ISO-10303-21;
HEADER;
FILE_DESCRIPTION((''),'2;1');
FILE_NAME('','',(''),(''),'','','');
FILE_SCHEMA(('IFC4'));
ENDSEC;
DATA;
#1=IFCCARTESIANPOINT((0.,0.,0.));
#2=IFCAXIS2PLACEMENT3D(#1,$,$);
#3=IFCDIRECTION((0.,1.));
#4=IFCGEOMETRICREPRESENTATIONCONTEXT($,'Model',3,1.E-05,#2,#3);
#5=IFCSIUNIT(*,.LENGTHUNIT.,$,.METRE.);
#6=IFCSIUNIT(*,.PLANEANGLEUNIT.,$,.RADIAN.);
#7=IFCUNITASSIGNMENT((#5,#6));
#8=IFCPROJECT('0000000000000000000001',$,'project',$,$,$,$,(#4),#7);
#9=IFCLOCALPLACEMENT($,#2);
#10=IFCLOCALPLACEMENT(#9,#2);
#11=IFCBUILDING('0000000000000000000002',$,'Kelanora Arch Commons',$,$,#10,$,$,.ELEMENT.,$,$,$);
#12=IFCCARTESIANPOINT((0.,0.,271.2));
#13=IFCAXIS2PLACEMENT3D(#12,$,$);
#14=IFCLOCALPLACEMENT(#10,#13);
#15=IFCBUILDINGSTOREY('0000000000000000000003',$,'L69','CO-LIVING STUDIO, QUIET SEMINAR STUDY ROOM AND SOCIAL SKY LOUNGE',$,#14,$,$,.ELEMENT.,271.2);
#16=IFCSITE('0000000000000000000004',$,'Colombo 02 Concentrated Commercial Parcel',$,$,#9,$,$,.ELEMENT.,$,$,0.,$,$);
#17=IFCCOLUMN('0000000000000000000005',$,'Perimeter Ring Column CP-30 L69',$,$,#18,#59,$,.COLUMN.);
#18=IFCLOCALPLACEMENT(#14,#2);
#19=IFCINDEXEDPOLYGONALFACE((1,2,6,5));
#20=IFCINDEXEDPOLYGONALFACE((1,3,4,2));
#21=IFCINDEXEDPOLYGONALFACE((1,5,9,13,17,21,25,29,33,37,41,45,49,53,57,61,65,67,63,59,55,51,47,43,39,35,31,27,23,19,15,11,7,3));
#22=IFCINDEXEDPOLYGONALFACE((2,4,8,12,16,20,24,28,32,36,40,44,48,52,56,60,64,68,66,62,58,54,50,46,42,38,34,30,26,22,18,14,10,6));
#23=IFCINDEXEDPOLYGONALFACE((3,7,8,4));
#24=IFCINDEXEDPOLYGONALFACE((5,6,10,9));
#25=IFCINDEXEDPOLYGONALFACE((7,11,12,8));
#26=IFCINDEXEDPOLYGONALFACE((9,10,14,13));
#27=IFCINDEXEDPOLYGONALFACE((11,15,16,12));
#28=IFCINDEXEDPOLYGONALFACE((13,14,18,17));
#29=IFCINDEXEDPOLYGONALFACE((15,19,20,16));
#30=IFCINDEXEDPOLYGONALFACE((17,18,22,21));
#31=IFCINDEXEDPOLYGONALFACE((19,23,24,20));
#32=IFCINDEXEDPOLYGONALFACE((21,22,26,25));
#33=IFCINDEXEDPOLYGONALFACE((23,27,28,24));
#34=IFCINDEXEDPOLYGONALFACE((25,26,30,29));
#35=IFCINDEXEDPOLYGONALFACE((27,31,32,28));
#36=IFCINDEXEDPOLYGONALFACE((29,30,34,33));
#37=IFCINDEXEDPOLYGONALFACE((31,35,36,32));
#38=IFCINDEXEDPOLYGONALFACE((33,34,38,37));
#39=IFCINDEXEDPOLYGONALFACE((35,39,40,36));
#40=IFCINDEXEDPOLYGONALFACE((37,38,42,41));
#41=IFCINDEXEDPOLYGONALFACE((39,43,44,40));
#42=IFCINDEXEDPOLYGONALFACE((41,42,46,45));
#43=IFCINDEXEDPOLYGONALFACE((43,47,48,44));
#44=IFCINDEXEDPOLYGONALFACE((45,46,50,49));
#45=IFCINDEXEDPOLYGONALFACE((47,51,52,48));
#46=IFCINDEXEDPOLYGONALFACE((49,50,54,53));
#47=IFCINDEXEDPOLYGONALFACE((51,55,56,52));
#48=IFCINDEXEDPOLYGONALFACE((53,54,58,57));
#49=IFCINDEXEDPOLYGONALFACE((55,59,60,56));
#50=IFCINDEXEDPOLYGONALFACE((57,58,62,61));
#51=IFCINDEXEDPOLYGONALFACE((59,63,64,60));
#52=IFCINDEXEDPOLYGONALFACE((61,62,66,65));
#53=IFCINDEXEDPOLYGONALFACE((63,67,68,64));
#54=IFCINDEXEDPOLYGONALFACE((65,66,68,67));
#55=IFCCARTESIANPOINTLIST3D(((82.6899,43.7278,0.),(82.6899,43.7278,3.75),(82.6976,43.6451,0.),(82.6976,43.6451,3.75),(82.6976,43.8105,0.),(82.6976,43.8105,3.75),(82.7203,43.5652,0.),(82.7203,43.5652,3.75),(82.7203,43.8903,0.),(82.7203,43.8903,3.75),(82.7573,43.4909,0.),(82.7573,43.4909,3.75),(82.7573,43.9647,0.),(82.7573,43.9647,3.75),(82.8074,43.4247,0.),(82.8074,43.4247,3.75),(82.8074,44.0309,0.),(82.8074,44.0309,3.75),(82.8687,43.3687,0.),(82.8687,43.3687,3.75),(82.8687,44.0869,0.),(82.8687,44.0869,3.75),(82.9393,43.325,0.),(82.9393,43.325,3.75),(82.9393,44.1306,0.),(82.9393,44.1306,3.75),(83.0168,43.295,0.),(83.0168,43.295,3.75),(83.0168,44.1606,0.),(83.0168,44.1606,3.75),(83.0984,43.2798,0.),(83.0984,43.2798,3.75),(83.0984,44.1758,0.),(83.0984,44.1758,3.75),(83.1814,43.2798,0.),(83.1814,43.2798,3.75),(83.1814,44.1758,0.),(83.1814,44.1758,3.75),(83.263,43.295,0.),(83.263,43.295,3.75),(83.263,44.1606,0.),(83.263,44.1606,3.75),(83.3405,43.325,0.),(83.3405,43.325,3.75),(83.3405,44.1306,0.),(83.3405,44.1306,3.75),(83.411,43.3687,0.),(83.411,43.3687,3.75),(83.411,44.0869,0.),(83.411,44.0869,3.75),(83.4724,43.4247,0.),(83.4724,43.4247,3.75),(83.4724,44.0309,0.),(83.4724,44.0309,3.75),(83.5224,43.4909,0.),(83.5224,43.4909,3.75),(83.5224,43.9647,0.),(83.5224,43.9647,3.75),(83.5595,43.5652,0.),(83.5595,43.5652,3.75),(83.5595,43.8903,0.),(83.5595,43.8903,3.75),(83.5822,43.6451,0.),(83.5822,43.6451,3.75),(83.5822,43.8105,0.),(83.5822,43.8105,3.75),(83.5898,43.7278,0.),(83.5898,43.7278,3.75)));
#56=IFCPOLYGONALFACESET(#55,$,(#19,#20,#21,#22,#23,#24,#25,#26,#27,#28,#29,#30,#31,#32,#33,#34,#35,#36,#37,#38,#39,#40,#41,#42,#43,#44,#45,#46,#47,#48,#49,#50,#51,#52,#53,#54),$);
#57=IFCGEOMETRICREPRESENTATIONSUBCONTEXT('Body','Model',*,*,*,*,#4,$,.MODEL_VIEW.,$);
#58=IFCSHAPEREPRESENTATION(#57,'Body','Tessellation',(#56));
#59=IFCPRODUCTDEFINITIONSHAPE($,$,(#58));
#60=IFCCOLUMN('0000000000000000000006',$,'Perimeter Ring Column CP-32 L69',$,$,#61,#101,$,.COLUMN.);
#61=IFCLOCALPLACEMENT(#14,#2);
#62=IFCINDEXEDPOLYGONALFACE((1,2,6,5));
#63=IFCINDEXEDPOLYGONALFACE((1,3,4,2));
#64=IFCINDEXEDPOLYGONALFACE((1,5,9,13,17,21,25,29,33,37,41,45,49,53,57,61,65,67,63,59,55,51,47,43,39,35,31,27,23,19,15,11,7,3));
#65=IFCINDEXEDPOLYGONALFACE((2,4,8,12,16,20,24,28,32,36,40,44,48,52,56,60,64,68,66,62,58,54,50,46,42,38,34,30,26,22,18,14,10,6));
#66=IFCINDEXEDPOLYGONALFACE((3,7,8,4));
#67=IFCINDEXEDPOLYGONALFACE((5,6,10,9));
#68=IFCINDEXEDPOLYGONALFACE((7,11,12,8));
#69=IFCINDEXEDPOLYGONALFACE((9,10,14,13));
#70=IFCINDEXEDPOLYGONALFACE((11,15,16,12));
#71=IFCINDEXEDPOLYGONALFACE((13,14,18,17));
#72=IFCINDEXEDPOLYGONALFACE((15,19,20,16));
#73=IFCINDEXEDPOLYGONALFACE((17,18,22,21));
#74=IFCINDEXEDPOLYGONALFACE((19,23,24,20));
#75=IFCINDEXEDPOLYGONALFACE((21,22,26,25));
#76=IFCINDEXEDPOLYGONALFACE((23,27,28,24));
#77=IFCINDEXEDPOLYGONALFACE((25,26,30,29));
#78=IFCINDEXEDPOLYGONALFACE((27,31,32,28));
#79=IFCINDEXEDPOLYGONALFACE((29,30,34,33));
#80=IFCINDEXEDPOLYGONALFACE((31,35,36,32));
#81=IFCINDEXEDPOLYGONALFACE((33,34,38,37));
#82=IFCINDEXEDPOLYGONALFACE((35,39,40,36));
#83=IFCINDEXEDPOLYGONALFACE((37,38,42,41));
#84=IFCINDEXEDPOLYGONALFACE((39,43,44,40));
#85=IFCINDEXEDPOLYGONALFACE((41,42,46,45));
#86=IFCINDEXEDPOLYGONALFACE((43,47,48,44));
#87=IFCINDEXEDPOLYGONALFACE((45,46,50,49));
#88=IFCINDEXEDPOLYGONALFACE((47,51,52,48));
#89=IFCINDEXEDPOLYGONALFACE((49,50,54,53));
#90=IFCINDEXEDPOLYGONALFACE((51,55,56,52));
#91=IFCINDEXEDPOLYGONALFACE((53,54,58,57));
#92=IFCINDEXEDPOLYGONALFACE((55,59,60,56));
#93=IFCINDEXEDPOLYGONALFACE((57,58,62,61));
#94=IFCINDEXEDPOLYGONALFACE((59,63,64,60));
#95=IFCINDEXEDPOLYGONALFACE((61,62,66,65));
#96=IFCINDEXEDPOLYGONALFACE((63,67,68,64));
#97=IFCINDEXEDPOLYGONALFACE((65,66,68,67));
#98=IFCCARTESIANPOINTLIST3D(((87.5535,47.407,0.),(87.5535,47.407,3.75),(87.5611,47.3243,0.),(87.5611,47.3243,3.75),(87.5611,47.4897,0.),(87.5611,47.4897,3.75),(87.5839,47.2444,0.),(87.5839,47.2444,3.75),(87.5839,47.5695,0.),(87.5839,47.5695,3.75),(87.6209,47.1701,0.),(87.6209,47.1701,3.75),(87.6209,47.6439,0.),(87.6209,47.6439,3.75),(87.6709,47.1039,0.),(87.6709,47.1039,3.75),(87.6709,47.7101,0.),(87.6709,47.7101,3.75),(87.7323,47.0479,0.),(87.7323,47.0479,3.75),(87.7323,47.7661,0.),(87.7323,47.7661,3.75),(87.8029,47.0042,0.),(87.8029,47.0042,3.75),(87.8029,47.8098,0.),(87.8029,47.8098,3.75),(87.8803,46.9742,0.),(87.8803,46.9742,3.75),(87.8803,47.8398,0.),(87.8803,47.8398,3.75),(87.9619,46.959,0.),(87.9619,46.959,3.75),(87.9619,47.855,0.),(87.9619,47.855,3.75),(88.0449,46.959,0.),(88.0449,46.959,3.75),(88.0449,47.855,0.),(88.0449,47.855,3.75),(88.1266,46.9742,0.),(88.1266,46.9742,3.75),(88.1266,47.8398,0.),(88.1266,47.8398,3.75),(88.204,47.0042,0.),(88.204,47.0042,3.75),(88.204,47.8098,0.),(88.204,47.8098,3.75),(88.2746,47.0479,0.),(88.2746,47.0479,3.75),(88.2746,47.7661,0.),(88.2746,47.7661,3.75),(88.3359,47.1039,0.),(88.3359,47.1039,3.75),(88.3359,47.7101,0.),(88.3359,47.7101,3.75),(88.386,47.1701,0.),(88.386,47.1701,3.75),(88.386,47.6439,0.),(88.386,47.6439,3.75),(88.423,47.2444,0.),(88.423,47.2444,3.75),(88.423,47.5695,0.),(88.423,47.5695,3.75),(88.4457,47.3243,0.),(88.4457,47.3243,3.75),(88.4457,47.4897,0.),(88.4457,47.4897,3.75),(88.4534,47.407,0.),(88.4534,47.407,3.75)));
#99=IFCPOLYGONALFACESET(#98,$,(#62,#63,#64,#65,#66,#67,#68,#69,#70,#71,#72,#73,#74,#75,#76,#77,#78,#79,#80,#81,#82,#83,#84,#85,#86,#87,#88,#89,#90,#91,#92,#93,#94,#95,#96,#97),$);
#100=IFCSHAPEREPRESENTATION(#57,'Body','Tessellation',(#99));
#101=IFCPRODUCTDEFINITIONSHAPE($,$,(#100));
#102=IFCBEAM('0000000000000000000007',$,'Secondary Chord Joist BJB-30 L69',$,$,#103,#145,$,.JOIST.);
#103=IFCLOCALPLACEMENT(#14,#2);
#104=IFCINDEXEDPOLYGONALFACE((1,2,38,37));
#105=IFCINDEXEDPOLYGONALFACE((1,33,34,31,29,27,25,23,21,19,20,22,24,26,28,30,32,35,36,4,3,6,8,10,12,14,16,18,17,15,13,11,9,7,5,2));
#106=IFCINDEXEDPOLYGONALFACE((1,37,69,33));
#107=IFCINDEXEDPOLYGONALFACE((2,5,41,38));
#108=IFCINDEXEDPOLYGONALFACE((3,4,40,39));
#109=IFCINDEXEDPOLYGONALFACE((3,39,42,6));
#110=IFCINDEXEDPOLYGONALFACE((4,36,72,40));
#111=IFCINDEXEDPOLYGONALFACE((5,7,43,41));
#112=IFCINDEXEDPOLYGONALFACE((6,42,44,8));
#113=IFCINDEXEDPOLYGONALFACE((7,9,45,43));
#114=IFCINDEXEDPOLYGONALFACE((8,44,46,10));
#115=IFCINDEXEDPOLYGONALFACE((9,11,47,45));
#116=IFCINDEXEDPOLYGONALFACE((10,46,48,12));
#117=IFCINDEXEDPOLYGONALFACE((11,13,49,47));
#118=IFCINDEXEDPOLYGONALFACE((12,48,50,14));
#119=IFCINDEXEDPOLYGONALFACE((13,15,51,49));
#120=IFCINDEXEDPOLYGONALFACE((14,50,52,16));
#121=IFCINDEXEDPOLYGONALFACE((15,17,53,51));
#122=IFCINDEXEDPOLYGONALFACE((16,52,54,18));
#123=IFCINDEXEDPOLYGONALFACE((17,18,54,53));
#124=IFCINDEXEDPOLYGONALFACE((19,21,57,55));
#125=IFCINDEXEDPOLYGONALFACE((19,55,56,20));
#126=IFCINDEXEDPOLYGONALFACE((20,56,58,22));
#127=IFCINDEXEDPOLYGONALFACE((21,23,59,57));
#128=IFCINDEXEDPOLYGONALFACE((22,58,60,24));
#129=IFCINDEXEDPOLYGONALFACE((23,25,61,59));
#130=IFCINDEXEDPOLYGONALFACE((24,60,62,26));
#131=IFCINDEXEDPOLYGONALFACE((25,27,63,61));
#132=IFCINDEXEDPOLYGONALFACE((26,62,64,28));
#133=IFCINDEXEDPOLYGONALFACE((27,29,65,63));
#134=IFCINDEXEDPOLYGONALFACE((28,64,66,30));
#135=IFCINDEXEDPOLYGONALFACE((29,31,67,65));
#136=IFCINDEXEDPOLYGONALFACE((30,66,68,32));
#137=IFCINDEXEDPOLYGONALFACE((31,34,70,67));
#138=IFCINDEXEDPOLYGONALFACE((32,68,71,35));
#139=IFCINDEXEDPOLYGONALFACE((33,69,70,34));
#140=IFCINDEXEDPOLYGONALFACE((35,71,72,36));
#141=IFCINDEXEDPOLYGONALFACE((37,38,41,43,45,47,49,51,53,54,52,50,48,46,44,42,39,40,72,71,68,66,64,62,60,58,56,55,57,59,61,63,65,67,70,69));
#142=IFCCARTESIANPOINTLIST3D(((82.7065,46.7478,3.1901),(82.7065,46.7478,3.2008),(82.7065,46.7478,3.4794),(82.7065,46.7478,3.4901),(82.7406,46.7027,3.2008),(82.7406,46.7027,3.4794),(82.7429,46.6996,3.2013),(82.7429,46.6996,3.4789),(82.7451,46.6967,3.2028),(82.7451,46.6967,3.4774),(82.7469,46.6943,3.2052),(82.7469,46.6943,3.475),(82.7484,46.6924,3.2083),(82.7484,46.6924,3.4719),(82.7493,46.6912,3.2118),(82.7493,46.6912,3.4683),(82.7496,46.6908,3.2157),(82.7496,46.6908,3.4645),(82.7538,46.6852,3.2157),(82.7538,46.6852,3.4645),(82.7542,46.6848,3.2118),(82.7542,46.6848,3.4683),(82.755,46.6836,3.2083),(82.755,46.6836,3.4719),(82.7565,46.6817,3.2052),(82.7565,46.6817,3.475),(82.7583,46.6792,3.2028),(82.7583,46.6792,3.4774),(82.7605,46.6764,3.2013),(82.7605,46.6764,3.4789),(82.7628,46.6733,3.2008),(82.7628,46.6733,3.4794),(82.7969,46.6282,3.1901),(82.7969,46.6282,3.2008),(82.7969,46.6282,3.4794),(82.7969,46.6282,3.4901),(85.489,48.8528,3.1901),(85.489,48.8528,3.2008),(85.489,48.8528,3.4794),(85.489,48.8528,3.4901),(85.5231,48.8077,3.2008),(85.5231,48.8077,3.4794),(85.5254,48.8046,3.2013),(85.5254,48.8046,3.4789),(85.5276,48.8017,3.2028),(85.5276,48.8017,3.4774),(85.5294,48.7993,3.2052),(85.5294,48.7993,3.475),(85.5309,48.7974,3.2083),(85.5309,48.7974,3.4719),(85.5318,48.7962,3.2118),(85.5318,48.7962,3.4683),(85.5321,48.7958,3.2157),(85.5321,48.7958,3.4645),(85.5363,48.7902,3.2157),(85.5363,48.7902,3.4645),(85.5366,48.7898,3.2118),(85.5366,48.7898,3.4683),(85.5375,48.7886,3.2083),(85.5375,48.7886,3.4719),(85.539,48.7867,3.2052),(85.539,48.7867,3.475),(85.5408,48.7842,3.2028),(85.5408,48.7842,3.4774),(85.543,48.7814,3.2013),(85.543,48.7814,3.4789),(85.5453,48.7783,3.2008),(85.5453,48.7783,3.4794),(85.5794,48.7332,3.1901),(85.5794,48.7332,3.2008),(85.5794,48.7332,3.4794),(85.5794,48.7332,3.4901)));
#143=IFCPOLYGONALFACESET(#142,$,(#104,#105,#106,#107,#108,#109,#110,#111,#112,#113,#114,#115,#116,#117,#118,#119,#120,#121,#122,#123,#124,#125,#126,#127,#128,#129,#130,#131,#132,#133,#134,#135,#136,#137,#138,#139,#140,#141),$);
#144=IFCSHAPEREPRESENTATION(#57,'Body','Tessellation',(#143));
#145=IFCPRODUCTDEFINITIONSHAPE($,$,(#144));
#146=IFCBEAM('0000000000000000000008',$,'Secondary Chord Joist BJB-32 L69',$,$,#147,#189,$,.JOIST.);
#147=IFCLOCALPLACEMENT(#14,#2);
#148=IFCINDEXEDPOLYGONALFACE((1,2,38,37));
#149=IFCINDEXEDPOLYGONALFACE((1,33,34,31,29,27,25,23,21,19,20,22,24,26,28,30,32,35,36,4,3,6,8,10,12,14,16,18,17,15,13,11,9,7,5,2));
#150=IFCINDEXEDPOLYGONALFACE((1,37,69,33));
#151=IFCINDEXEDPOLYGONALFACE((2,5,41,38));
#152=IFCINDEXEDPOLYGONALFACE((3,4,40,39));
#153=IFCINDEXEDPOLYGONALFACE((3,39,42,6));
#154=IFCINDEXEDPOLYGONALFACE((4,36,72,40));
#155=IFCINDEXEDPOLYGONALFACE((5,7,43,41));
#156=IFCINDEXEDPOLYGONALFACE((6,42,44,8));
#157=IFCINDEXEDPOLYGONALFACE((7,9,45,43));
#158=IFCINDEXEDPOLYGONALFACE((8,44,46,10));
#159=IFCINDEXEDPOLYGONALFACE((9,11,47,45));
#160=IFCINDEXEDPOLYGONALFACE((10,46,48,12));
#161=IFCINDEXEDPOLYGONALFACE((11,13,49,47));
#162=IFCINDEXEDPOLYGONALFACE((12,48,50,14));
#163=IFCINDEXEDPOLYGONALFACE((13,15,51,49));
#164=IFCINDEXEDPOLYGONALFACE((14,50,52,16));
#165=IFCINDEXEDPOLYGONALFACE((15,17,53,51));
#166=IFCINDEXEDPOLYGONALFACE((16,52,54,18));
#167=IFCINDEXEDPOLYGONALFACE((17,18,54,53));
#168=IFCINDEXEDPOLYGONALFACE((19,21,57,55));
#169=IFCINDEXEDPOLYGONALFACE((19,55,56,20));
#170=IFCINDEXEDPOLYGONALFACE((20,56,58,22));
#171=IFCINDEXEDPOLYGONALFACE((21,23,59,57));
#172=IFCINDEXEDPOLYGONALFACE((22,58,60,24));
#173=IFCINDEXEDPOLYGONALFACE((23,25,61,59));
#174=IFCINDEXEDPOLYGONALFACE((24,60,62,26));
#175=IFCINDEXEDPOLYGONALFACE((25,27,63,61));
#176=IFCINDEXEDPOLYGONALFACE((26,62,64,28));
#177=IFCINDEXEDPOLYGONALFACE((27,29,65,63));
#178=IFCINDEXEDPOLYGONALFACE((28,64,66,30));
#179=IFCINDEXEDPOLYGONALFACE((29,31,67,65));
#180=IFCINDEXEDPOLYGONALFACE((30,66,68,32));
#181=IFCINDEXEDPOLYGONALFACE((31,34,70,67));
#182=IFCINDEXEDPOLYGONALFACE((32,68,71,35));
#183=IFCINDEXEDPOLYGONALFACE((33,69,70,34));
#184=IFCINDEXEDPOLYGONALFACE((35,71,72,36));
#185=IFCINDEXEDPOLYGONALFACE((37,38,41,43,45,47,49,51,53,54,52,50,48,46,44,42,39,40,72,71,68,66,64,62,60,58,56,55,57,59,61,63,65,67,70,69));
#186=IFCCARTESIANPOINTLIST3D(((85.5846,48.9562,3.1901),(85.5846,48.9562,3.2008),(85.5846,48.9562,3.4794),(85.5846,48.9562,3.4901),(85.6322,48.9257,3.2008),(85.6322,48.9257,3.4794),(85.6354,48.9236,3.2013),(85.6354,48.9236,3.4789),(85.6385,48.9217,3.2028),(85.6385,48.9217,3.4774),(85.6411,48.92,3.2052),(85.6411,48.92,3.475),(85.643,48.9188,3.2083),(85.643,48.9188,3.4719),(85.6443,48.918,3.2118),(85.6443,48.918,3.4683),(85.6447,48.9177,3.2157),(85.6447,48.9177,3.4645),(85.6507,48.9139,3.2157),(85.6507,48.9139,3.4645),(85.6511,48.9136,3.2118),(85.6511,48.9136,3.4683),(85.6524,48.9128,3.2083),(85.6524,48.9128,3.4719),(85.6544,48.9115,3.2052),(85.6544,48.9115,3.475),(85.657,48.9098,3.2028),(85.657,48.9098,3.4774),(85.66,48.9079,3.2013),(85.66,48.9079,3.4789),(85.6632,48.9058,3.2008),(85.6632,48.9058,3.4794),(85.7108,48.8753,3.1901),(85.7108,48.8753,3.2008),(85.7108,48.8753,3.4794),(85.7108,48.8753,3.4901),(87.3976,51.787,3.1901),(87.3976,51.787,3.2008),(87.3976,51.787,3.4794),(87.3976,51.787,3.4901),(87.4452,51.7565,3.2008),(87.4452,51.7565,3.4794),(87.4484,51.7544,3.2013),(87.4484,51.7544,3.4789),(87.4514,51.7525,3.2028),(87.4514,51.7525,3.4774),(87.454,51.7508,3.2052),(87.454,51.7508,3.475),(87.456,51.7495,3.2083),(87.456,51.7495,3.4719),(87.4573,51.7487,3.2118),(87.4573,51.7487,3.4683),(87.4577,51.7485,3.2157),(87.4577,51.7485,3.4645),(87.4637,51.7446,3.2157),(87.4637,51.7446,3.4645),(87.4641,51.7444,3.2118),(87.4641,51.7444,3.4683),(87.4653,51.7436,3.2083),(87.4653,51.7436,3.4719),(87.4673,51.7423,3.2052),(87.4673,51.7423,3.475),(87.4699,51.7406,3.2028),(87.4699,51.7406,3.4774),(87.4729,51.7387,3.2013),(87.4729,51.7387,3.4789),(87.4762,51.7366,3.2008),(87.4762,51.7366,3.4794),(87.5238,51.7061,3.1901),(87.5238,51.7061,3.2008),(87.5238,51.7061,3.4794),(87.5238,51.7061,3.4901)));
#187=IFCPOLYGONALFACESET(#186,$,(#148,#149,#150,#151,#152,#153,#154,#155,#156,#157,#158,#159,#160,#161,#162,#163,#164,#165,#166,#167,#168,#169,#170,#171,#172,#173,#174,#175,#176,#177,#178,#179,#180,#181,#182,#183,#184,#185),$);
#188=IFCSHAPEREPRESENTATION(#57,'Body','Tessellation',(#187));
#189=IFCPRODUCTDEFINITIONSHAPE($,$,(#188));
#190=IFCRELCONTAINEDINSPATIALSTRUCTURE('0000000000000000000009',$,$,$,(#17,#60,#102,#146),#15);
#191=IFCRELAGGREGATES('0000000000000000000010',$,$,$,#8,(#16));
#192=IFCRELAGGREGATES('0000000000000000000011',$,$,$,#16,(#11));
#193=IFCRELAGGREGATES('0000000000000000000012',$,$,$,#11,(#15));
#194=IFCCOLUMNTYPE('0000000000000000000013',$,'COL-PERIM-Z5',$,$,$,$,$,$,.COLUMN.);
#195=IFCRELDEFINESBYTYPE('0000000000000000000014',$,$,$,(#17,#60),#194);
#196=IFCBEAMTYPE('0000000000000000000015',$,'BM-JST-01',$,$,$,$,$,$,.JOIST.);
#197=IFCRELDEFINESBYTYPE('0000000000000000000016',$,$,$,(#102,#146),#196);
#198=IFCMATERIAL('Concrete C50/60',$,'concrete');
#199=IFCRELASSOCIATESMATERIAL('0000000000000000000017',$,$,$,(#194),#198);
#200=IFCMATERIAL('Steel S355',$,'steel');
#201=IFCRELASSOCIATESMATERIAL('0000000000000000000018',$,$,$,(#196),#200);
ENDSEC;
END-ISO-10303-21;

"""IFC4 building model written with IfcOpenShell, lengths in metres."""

from ifc_helpers import new_model, si_unit, direction, frame, origin, origin_2d, place, context, subcontext, project, spatial, circle, i_section, extrude, material, material_profile, profile_set, type_object, element, save


model = new_model("IFC4")

# Units and contexts
model_context = context("Model", 3, precision=1e-05, world=origin(), true_north=direction((0.0, 1.0)))
body_context = subcontext(model_context, "Body", "Model", "MODEL_VIEW")
ifc_project = project(units=[si_unit("LENGTHUNIT", "METRE"), si_unit("PLANEANGLEUNIT", "RADIAN")], contexts=[model_context])

# Site, building, storey
site_placement = place(None, origin())
site = spatial("IfcSite", under=ifc_project, at=site_placement, Name="Colombo 02 Concentrated Commercial Parcel", CompositionType="ELEMENT", RefElevation=0.0)
building_placement = place(site_placement, origin())
building = spatial("IfcBuilding", under=site, at=building_placement, Name="Kelanora Arch Commons", CompositionType="ELEMENT")
storey_placement = place(building_placement, frame((0.0, 0.0, 271.2)))
storey = spatial("IfcBuildingStorey", under=building, at=storey_placement, Name="L69", Description="CO-LIVING STUDIO, QUIET SEMINAR STUDY ROOM AND SOCIAL SKY LOUNGE", CompositionType="ELEMENT", Elevation=271.2)

# Columns
ifc_material_1 = material(Name="Concrete C50/60", Category="concrete")
ifc_material_profile_1 = material_profile(ifc_material_1, circle(Radius=0.45, at=origin_2d()), Name="RCC900")
ifc_profile_set_1 = profile_set([ifc_material_profile_1], Name="Concrete C50/60")
column_type = type_object("IfcColumnType", Name="COL-PERIM-Z5", PredefinedType="COLUMN", material=ifc_profile_set_1)
for number, where, z_axis, x_axis, name in (
    (1, (83.1399, 43.7278, 0.0), (0.0, 0.0, 1.0), (1.0, 0.0, 0.0), "Perimeter Ring Column CP-30 L69"),
    (2, (88.0034, 47.407, 0.0), (0.0, 0.0, 1.0), (1.0, 0.0, 0.0), "Perimeter Ring Column CP-32 L69"),
):
    element("IfcColumn", number, at=place(storey_placement, frame(where, z_axis=z_axis, x_axis=x_axis)), inside=storey, type_object=column_type, Name=name, PredefinedType="COLUMN", context=body_context, shape_type="SweptSolid", body=[
        extrude(circle(Radius=0.45, at=origin_2d()), origin(), (0.0, 0.0, 1.0), 3.75),
    ])

# Beams
ifc_material_2 = material(Name="Steel S355", Category="steel")
ifc_material_profile_2 = material_profile(ifc_material_2, i_section(OverallWidth=0.1499, OverallDepth=0.3, WebThickness=0.0071, FlangeThickness=0.0107, FilletRadius=0.0149, at=origin_2d()), Name="IPE300")
ifc_profile_set_2 = profile_set([ifc_material_profile_2], Name="Steel S355")
beam_type_1 = type_object("IfcBeamType", Name="BM-JST-01", PredefinedType="JOIST", material=ifc_profile_set_2)
beam_1_placement = place(storey_placement, frame((82.7517, 46.688, 3.3401), z_axis=(0.797499, 0.60332, 0.0), x_axis=(-0.60332, 0.797499, 0.0)))
element("IfcBeam", 3, at=beam_1_placement, inside=storey, type_object=beam_type_1, Name="Secondary Chord Joist BJB-30 L69", PredefinedType="JOIST", context=body_context, shape_type="SweptSolid", body=[
    extrude(i_section(OverallWidth=0.1499, OverallDepth=0.3, WebThickness=0.0071, FlangeThickness=0.0107, FilletRadius=0.0149, at=origin_2d()), origin(), (0.0, 0.0, 1.0), 3.489),
])
beam_2_placement = place(storey_placement, frame((85.6477, 48.9158, 3.3401), z_axis=(0.539322, 0.8421, 0.0), x_axis=(-0.8421, 0.539322, 0.0)))
element("IfcBeam", 4, at=beam_2_placement, inside=storey, type_object=beam_type_1, Name="Secondary Chord Joist BJB-32 L69", PredefinedType="JOIST", context=body_context, shape_type="SweptSolid", body=[
    extrude(i_section(OverallWidth=0.1499, OverallDepth=0.3, WebThickness=0.0071, FlangeThickness=0.0107, FilletRadius=0.0149, at=origin_2d()), origin(), (0.0, 0.0, 1.0), 3.3616),
])

save(model, "model.ifc")
